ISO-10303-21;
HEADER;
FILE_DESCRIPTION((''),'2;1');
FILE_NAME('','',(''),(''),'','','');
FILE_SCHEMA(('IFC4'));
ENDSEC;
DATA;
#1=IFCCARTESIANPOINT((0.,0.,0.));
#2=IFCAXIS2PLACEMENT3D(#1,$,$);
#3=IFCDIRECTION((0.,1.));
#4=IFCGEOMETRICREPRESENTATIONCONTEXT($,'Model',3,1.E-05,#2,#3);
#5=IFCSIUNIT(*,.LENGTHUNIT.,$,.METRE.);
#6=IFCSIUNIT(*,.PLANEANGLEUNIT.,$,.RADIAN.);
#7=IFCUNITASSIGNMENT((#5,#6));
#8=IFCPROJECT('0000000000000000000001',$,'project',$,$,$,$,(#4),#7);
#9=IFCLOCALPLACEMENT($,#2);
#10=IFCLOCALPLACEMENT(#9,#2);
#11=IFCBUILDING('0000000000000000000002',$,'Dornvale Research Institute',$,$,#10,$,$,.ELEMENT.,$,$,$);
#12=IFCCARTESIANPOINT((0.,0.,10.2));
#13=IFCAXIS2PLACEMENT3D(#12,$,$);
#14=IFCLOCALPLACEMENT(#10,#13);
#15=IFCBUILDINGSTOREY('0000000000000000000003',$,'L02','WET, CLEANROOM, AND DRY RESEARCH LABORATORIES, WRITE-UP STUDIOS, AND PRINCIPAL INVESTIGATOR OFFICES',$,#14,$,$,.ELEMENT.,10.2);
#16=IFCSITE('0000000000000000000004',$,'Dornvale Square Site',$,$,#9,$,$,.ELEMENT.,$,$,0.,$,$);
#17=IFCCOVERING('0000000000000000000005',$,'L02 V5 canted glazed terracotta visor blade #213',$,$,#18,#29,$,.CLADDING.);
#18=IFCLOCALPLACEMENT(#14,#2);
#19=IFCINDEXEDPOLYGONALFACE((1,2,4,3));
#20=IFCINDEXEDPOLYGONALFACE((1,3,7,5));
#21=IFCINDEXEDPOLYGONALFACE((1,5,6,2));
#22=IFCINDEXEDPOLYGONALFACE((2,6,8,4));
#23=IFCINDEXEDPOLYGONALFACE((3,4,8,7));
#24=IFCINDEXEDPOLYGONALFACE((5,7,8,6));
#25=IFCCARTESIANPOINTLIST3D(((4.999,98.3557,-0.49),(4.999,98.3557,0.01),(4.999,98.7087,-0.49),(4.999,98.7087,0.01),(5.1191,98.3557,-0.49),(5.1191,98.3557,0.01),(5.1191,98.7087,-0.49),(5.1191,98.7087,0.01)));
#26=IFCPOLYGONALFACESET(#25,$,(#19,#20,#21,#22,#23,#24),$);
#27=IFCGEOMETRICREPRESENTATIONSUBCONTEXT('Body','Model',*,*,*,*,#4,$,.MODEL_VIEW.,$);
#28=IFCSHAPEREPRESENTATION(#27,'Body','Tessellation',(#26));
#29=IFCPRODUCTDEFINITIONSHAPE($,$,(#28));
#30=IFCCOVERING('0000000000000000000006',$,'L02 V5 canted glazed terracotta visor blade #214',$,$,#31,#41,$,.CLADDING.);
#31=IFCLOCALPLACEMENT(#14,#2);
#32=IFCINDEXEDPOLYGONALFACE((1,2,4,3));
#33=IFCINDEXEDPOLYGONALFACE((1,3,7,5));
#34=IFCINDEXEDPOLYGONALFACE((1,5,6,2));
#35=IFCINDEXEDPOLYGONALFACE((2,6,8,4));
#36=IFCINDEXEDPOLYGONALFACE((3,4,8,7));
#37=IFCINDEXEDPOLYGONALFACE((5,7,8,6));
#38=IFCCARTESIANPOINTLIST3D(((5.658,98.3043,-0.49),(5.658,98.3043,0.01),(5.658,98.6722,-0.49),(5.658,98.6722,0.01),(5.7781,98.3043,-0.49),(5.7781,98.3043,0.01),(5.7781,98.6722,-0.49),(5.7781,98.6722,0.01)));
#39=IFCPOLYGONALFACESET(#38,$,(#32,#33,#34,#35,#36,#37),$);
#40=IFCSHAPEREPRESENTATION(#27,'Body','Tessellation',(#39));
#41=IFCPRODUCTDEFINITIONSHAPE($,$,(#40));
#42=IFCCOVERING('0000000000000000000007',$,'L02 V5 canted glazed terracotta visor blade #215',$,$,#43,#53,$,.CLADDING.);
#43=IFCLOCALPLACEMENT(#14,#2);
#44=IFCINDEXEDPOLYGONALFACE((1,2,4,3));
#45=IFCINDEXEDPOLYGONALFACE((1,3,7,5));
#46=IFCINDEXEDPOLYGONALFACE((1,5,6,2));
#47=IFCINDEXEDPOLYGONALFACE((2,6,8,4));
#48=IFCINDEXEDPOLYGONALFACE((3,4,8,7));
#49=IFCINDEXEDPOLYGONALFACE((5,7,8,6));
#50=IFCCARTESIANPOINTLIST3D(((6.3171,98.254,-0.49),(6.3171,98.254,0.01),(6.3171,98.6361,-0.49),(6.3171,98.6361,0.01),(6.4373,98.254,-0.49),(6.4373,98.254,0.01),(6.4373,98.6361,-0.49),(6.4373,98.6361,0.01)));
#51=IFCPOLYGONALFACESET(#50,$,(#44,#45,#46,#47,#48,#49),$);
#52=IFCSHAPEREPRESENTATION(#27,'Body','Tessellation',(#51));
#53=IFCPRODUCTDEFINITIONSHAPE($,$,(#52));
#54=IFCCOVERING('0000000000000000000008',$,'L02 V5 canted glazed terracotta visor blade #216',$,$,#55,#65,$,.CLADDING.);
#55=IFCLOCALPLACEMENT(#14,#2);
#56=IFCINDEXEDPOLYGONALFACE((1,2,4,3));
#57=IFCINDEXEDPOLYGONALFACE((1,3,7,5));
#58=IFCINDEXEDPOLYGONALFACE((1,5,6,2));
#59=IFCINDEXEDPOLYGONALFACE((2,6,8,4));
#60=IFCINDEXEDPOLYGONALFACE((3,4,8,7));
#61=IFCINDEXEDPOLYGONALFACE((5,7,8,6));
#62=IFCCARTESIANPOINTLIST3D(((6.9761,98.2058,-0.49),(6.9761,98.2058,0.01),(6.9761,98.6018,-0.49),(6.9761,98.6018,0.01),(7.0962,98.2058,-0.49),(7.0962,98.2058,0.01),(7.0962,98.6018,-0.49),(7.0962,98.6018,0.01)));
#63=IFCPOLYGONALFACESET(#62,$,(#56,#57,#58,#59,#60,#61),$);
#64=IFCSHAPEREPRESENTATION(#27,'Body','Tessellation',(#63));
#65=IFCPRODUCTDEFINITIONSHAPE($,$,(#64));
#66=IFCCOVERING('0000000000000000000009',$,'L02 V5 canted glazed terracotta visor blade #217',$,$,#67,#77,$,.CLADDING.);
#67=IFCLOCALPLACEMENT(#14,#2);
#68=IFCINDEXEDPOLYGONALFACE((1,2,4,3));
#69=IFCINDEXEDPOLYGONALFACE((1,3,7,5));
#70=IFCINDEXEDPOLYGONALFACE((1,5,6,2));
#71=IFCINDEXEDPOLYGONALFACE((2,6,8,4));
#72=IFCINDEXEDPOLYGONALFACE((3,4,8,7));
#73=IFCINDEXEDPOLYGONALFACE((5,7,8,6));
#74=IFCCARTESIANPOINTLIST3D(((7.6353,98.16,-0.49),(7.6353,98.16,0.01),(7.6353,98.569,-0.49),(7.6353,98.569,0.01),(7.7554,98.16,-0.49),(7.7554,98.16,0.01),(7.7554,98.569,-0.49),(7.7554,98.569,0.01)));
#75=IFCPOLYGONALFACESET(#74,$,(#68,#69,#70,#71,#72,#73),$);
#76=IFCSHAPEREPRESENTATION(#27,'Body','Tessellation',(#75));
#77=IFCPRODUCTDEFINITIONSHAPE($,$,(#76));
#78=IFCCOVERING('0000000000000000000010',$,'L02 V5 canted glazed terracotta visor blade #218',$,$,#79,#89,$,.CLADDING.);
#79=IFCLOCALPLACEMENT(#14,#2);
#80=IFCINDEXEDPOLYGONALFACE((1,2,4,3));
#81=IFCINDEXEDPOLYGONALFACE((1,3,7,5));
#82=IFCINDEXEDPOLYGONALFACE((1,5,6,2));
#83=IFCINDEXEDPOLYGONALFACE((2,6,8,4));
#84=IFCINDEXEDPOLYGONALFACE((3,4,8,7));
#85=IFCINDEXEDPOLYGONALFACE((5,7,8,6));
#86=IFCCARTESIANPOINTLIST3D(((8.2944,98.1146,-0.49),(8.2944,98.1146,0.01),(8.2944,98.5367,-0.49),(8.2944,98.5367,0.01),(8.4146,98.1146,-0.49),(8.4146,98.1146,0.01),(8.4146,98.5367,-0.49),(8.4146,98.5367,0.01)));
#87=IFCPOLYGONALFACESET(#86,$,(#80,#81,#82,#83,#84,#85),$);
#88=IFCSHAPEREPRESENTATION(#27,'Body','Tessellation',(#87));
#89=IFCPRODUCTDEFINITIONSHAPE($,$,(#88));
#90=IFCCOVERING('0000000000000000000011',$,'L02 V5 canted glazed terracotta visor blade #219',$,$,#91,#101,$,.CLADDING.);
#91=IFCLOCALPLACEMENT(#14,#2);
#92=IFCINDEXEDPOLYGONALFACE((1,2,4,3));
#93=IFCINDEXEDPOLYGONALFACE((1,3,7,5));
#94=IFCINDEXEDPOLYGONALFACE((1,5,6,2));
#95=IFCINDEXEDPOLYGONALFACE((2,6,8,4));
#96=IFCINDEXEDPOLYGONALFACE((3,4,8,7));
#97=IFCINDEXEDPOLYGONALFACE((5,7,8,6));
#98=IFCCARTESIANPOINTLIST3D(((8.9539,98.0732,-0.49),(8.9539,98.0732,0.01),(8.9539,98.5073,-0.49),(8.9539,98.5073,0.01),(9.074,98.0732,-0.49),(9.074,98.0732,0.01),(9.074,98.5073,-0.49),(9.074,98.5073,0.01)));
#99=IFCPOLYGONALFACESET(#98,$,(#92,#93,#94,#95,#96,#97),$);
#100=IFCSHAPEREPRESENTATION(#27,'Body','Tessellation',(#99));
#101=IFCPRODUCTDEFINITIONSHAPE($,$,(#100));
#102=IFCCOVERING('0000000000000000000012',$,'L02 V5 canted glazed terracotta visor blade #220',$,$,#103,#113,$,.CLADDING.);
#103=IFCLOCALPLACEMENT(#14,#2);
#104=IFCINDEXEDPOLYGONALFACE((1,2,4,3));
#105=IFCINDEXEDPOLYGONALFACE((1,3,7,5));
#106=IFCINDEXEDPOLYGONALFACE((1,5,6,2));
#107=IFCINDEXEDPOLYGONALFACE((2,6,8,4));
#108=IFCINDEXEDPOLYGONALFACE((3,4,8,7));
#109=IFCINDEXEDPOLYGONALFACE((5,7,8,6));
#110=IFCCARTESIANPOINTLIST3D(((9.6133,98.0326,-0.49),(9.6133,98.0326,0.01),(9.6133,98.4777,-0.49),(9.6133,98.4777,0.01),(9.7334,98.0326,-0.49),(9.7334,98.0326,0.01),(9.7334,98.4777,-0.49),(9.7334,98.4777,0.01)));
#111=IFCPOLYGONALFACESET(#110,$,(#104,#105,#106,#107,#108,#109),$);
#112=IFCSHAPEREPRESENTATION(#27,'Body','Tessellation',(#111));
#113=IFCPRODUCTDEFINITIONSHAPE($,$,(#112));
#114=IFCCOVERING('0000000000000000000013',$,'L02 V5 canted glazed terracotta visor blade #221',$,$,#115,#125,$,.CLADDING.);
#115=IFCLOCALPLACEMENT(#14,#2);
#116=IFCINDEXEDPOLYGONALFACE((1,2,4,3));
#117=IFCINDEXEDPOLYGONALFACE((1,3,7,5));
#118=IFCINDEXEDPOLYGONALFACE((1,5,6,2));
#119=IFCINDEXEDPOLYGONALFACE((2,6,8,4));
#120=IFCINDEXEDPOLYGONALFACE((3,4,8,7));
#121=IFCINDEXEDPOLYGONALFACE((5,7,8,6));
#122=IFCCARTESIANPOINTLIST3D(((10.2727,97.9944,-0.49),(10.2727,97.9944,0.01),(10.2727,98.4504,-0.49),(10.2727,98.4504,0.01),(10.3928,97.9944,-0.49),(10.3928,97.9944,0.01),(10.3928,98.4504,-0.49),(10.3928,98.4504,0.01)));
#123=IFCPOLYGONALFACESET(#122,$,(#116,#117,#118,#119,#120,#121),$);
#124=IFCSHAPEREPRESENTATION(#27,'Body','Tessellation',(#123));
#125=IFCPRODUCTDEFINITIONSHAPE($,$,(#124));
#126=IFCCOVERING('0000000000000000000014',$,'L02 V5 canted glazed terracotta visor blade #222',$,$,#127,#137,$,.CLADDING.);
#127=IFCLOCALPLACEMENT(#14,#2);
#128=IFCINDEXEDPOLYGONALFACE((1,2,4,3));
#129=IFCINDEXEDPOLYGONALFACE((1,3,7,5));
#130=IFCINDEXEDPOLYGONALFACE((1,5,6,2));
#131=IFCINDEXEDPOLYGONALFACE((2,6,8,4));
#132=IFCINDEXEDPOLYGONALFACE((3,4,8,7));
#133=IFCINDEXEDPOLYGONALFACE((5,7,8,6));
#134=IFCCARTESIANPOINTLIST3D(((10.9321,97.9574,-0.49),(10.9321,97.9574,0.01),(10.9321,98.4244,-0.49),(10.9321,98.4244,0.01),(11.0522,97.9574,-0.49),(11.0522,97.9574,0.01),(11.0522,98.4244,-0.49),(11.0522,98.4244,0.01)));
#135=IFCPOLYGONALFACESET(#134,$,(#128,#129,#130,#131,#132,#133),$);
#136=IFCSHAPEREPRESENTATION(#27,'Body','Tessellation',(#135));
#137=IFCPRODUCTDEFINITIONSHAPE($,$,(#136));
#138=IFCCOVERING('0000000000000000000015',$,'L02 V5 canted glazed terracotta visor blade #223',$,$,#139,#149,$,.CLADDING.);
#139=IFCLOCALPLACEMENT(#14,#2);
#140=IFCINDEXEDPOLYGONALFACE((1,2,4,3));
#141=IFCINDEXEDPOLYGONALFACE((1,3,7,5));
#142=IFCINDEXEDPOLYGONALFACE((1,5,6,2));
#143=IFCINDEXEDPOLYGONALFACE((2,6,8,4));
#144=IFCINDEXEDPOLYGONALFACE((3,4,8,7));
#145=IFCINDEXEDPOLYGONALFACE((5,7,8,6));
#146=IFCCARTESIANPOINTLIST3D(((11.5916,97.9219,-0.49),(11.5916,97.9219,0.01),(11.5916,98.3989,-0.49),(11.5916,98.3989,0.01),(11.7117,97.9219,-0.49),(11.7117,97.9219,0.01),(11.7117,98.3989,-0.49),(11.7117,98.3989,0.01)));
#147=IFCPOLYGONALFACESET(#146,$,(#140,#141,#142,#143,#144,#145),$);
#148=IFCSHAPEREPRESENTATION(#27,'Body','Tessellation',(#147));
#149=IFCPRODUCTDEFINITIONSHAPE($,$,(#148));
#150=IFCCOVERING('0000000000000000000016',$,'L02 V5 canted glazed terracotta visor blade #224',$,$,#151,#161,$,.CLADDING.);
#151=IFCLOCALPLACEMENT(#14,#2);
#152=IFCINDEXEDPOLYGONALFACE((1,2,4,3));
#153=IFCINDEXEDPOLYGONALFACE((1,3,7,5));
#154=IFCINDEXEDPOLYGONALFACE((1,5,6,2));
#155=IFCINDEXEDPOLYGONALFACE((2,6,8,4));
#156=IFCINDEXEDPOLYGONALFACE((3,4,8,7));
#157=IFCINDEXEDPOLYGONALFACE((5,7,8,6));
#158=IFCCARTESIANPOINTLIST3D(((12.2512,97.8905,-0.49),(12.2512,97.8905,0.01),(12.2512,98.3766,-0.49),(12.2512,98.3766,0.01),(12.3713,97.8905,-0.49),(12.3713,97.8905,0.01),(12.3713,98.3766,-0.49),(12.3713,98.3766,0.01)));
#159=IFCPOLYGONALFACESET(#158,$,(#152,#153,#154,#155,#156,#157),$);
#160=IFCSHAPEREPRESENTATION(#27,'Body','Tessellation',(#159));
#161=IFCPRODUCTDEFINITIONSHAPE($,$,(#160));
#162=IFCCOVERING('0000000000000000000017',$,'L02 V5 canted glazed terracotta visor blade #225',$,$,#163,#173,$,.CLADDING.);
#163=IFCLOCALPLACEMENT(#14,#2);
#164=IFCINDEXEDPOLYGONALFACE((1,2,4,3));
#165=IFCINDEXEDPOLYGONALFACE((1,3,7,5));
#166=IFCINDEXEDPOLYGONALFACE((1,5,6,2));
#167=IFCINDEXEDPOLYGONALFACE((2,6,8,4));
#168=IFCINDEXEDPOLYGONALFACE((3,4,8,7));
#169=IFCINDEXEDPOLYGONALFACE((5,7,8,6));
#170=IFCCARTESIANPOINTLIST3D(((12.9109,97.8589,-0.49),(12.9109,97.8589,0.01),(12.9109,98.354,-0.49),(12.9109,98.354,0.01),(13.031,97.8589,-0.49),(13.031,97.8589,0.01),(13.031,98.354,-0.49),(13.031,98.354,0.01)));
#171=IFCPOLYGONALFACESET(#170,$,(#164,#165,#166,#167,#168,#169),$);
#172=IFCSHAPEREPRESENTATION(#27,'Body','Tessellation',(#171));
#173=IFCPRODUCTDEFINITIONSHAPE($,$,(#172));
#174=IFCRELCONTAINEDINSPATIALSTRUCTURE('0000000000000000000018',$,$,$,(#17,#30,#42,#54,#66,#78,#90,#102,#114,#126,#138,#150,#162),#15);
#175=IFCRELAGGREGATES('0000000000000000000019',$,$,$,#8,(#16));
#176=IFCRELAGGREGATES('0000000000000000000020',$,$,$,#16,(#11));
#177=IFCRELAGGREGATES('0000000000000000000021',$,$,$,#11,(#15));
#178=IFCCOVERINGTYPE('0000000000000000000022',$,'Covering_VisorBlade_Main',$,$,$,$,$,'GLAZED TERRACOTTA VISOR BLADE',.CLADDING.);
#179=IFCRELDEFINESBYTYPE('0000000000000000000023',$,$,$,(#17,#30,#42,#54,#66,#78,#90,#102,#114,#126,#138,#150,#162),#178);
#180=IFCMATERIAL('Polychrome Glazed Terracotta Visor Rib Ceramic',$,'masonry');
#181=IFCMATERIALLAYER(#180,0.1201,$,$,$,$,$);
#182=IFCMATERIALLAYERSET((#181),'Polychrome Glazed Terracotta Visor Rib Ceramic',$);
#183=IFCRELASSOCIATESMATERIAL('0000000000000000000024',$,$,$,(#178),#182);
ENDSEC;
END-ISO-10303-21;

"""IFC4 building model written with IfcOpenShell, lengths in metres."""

from ifc_helpers import new_model, si_unit, direction, frame, origin, origin_2d, place, context, subcontext, project, spatial, rectangle, extrude, material, layer, layer_set, type_object, element, save


model = new_model("IFC4")

# Units and contexts
model_context = context("Model", 3, precision=1e-05, world=origin(), true_north=direction((0.0, 1.0)))
body_context = subcontext(model_context, "Body", "Model", "MODEL_VIEW")
ifc_project = project(units=[si_unit("LENGTHUNIT", "METRE"), si_unit("PLANEANGLEUNIT", "RADIAN")], contexts=[model_context])

# Site, building, storey
site_placement = place(None, origin())
site = spatial("IfcSite", under=ifc_project, at=site_placement, Name="Dornvale Square Site", CompositionType="ELEMENT", RefElevation=0.0)
building_placement = place(site_placement, origin())
building = spatial("IfcBuilding", under=site, at=building_placement, Name="Dornvale Research Institute", CompositionType="ELEMENT")
storey_placement = place(building_placement, frame((0.0, 0.0, 10.2)))
storey = spatial("IfcBuildingStorey", under=building, at=storey_placement, Name="L02", Description="WET, CLEANROOM, AND DRY RESEARCH LABORATORIES, WRITE-UP STUDIOS, AND PRINCIPAL INVESTIGATOR OFFICES", CompositionType="ELEMENT", Elevation=10.2)

# Coverings
ifc_material_1 = material(Name="Polychrome Glazed Terracotta Visor Rib Ceramic", Category="masonry")
ifc_layer_1 = layer(ifc_material_1, 0.1201)
ifc_layer_set_1 = layer_set([ifc_layer_1], Name="Polychrome Glazed Terracotta Visor Rib Ceramic")
covering_type = type_object("IfcCoveringType", Name="Covering_VisorBlade_Main", ElementType="GLAZED TERRACOTTA VISOR BLADE", PredefinedType="CLADDING", material=ifc_layer_set_1)
covering_1_placement = place(storey_placement, frame((5.0591, 98.5322, -0.49), z_axis=(0.0, 0.0, 1.0), x_axis=(0.0, 1.0, 0.0)))
element("IfcCovering", 1, at=covering_1_placement, inside=storey, type_object=covering_type, Name="L02 V5 canted glazed terracotta visor blade #213", PredefinedType="CLADDING", context=body_context, shape_type="SweptSolid", body=[
    extrude(rectangle(XDim=0.353, YDim=0.1201, at=origin_2d()), origin(), (0.0, 0.0, 1.0), 0.5),
])
covering_2_placement = place(storey_placement, frame((5.718, 98.4883, -0.49), z_axis=(0.0, 0.0, 1.0), x_axis=(0.0, 1.0, 0.0)))
element("IfcCovering", 2, at=covering_2_placement, inside=storey, type_object=covering_type, Name="L02 V5 canted glazed terracotta visor blade #214", PredefinedType="CLADDING", context=body_context, shape_type="SweptSolid", body=[
    extrude(rectangle(XDim=0.3679, YDim=0.1201, at=origin_2d()), origin(), (0.0, 0.0, 1.0), 0.5),
])
covering_3_placement = place(storey_placement, frame((6.3772, 98.4451, -0.49), z_axis=(0.0, 0.0, 1.0), x_axis=(0.0, 1.0, 0.0)))
element("IfcCovering", 3, at=covering_3_placement, inside=storey, type_object=covering_type, Name="L02 V5 canted glazed terracotta visor blade #215", PredefinedType="CLADDING", context=body_context, shape_type="SweptSolid", body=[
    extrude(rectangle(XDim=0.3821, YDim=0.1201, at=origin_2d()), origin(), (0.0, 0.0, 1.0), 0.5),
])
covering_4_placement = place(storey_placement, frame((7.0361, 98.4038, -0.49), z_axis=(0.0, 0.0, 1.0), x_axis=(0.0, 1.0, 0.0)))
element("IfcCovering", 4, at=covering_4_placement, inside=storey, type_object=covering_type, Name="L02 V5 canted glazed terracotta visor blade #216", PredefinedType="CLADDING", context=body_context, shape_type="SweptSolid", body=[
    extrude(rectangle(XDim=0.396, YDim=0.1201, at=origin_2d()), origin(), (0.0, 0.0, 1.0), 0.5),
])
covering_5_placement = place(storey_placement, frame((7.6953, 98.3645, -0.49), z_axis=(0.0, 0.0, 1.0), x_axis=(0.0, 1.0, 0.0)))
element("IfcCovering", 5, at=covering_5_placement, inside=storey, type_object=covering_type, Name="L02 V5 canted glazed terracotta visor blade #217", PredefinedType="CLADDING", context=body_context, shape_type="SweptSolid", body=[
    extrude(rectangle(XDim=0.4089, YDim=0.1201, at=origin_2d()), origin(), (0.0, 0.0, 1.0), 0.5),
])
covering_6_placement = place(storey_placement, frame((8.3545, 98.3257, -0.49), z_axis=(0.0, 0.0, 1.0), x_axis=(0.0, 1.0, 0.0)))
element("IfcCovering", 6, at=covering_6_placement, inside=storey, type_object=covering_type, Name="L02 V5 canted glazed terracotta visor blade #218", PredefinedType="CLADDING", context=body_context, shape_type="SweptSolid", body=[
    extrude(rectangle(XDim=0.4221, YDim=0.1201, at=origin_2d()), origin(), (0.0, 0.0, 1.0), 0.5),
])
covering_7_placement = place(storey_placement, frame((9.0139, 98.2903, -0.49), z_axis=(0.0, 0.0, 1.0), x_axis=(0.0, 1.0, 0.0)))
element("IfcCovering", 7, at=covering_7_placement, inside=storey, type_object=covering_type, Name="L02 V5 canted glazed terracotta visor blade #219", PredefinedType="CLADDING", context=body_context, shape_type="SweptSolid", body=[
    extrude(rectangle(XDim=0.4341, YDim=0.1201, at=origin_2d()), origin(), (0.0, 0.0, 1.0), 0.5),
])
covering_8_placement = place(storey_placement, frame((9.6733, 98.2551, -0.49), z_axis=(0.0, 0.0, 1.0), x_axis=(0.0, 1.0, 0.0)))
element("IfcCovering", 8, at=covering_8_placement, inside=storey, type_object=covering_type, Name="L02 V5 canted glazed terracotta visor blade #220", PredefinedType="CLADDING", context=body_context, shape_type="SweptSolid", body=[
    extrude(rectangle(XDim=0.4451, YDim=0.1201, at=origin_2d()), origin(), (0.0, 0.0, 1.0), 0.5),
])
covering_9_placement = place(storey_placement, frame((10.3328, 98.2224, -0.49), z_axis=(0.0, 0.0, 1.0), x_axis=(0.0, 1.0, 0.0)))
element("IfcCovering", 9, at=covering_9_placement, inside=storey, type_object=covering_type, Name="L02 V5 canted glazed terracotta visor blade #221", PredefinedType="CLADDING", context=body_context, shape_type="SweptSolid", body=[
    extrude(rectangle(XDim=0.4561, YDim=0.1201, at=origin_2d()), origin(), (0.0, 0.0, 1.0), 0.5),
])
covering_10_placement = place(storey_placement, frame((10.9922, 98.1909, -0.49), z_axis=(0.0, 0.0, 1.0), x_axis=(0.0, 1.0, 0.0)))
element("IfcCovering", 10, at=covering_10_placement, inside=storey, type_object=covering_type, Name="L02 V5 canted glazed terracotta visor blade #222", PredefinedType="CLADDING", context=body_context, shape_type="SweptSolid", body=[
    extrude(rectangle(XDim=0.467, YDim=0.1201, at=origin_2d()), origin(), (0.0, 0.0, 1.0), 0.5),
])
covering_11_placement = place(storey_placement, frame((11.6516, 98.1604, -0.49), z_axis=(0.0, 0.0, 1.0), x_axis=(0.0, 1.0, 0.0)))
element("IfcCovering", 11, at=covering_11_placement, inside=storey, type_object=covering_type, Name="L02 V5 canted glazed terracotta visor blade #223", PredefinedType="CLADDING", context=body_context, shape_type="SweptSolid", body=[
    extrude(rectangle(XDim=0.4771, YDim=0.1201, at=origin_2d()), origin(), (0.0, 0.0, 1.0), 0.5),
])
covering_12_placement = place(storey_placement, frame((12.3113, 98.1335, -0.49), z_axis=(0.0, 0.0, 1.0), x_axis=(0.0, 1.0, 0.0)))
element("IfcCovering", 12, at=covering_12_placement, inside=storey, type_object=covering_type, Name="L02 V5 canted glazed terracotta visor blade #224", PredefinedType="CLADDING", context=body_context, shape_type="SweptSolid", body=[
    extrude(rectangle(XDim=0.4861, YDim=0.1201, at=origin_2d()), origin(), (0.0, 0.0, 1.0), 0.5),
])
covering_13_placement = place(storey_placement, frame((12.9709, 98.1064, -0.49), z_axis=(0.0, 0.0, 1.0), x_axis=(0.0, 1.0, 0.0)))
element("IfcCovering", 13, at=covering_13_placement, inside=storey, type_object=covering_type, Name="L02 V5 canted glazed terracotta visor blade #225", PredefinedType="CLADDING", context=body_context, shape_type="SweptSolid", body=[
    extrude(rectangle(XDim=0.4951, YDim=0.1201, at=origin_2d()), origin(), (0.0, 0.0, 1.0), 0.5),
])

save(model, "model.ifc")
